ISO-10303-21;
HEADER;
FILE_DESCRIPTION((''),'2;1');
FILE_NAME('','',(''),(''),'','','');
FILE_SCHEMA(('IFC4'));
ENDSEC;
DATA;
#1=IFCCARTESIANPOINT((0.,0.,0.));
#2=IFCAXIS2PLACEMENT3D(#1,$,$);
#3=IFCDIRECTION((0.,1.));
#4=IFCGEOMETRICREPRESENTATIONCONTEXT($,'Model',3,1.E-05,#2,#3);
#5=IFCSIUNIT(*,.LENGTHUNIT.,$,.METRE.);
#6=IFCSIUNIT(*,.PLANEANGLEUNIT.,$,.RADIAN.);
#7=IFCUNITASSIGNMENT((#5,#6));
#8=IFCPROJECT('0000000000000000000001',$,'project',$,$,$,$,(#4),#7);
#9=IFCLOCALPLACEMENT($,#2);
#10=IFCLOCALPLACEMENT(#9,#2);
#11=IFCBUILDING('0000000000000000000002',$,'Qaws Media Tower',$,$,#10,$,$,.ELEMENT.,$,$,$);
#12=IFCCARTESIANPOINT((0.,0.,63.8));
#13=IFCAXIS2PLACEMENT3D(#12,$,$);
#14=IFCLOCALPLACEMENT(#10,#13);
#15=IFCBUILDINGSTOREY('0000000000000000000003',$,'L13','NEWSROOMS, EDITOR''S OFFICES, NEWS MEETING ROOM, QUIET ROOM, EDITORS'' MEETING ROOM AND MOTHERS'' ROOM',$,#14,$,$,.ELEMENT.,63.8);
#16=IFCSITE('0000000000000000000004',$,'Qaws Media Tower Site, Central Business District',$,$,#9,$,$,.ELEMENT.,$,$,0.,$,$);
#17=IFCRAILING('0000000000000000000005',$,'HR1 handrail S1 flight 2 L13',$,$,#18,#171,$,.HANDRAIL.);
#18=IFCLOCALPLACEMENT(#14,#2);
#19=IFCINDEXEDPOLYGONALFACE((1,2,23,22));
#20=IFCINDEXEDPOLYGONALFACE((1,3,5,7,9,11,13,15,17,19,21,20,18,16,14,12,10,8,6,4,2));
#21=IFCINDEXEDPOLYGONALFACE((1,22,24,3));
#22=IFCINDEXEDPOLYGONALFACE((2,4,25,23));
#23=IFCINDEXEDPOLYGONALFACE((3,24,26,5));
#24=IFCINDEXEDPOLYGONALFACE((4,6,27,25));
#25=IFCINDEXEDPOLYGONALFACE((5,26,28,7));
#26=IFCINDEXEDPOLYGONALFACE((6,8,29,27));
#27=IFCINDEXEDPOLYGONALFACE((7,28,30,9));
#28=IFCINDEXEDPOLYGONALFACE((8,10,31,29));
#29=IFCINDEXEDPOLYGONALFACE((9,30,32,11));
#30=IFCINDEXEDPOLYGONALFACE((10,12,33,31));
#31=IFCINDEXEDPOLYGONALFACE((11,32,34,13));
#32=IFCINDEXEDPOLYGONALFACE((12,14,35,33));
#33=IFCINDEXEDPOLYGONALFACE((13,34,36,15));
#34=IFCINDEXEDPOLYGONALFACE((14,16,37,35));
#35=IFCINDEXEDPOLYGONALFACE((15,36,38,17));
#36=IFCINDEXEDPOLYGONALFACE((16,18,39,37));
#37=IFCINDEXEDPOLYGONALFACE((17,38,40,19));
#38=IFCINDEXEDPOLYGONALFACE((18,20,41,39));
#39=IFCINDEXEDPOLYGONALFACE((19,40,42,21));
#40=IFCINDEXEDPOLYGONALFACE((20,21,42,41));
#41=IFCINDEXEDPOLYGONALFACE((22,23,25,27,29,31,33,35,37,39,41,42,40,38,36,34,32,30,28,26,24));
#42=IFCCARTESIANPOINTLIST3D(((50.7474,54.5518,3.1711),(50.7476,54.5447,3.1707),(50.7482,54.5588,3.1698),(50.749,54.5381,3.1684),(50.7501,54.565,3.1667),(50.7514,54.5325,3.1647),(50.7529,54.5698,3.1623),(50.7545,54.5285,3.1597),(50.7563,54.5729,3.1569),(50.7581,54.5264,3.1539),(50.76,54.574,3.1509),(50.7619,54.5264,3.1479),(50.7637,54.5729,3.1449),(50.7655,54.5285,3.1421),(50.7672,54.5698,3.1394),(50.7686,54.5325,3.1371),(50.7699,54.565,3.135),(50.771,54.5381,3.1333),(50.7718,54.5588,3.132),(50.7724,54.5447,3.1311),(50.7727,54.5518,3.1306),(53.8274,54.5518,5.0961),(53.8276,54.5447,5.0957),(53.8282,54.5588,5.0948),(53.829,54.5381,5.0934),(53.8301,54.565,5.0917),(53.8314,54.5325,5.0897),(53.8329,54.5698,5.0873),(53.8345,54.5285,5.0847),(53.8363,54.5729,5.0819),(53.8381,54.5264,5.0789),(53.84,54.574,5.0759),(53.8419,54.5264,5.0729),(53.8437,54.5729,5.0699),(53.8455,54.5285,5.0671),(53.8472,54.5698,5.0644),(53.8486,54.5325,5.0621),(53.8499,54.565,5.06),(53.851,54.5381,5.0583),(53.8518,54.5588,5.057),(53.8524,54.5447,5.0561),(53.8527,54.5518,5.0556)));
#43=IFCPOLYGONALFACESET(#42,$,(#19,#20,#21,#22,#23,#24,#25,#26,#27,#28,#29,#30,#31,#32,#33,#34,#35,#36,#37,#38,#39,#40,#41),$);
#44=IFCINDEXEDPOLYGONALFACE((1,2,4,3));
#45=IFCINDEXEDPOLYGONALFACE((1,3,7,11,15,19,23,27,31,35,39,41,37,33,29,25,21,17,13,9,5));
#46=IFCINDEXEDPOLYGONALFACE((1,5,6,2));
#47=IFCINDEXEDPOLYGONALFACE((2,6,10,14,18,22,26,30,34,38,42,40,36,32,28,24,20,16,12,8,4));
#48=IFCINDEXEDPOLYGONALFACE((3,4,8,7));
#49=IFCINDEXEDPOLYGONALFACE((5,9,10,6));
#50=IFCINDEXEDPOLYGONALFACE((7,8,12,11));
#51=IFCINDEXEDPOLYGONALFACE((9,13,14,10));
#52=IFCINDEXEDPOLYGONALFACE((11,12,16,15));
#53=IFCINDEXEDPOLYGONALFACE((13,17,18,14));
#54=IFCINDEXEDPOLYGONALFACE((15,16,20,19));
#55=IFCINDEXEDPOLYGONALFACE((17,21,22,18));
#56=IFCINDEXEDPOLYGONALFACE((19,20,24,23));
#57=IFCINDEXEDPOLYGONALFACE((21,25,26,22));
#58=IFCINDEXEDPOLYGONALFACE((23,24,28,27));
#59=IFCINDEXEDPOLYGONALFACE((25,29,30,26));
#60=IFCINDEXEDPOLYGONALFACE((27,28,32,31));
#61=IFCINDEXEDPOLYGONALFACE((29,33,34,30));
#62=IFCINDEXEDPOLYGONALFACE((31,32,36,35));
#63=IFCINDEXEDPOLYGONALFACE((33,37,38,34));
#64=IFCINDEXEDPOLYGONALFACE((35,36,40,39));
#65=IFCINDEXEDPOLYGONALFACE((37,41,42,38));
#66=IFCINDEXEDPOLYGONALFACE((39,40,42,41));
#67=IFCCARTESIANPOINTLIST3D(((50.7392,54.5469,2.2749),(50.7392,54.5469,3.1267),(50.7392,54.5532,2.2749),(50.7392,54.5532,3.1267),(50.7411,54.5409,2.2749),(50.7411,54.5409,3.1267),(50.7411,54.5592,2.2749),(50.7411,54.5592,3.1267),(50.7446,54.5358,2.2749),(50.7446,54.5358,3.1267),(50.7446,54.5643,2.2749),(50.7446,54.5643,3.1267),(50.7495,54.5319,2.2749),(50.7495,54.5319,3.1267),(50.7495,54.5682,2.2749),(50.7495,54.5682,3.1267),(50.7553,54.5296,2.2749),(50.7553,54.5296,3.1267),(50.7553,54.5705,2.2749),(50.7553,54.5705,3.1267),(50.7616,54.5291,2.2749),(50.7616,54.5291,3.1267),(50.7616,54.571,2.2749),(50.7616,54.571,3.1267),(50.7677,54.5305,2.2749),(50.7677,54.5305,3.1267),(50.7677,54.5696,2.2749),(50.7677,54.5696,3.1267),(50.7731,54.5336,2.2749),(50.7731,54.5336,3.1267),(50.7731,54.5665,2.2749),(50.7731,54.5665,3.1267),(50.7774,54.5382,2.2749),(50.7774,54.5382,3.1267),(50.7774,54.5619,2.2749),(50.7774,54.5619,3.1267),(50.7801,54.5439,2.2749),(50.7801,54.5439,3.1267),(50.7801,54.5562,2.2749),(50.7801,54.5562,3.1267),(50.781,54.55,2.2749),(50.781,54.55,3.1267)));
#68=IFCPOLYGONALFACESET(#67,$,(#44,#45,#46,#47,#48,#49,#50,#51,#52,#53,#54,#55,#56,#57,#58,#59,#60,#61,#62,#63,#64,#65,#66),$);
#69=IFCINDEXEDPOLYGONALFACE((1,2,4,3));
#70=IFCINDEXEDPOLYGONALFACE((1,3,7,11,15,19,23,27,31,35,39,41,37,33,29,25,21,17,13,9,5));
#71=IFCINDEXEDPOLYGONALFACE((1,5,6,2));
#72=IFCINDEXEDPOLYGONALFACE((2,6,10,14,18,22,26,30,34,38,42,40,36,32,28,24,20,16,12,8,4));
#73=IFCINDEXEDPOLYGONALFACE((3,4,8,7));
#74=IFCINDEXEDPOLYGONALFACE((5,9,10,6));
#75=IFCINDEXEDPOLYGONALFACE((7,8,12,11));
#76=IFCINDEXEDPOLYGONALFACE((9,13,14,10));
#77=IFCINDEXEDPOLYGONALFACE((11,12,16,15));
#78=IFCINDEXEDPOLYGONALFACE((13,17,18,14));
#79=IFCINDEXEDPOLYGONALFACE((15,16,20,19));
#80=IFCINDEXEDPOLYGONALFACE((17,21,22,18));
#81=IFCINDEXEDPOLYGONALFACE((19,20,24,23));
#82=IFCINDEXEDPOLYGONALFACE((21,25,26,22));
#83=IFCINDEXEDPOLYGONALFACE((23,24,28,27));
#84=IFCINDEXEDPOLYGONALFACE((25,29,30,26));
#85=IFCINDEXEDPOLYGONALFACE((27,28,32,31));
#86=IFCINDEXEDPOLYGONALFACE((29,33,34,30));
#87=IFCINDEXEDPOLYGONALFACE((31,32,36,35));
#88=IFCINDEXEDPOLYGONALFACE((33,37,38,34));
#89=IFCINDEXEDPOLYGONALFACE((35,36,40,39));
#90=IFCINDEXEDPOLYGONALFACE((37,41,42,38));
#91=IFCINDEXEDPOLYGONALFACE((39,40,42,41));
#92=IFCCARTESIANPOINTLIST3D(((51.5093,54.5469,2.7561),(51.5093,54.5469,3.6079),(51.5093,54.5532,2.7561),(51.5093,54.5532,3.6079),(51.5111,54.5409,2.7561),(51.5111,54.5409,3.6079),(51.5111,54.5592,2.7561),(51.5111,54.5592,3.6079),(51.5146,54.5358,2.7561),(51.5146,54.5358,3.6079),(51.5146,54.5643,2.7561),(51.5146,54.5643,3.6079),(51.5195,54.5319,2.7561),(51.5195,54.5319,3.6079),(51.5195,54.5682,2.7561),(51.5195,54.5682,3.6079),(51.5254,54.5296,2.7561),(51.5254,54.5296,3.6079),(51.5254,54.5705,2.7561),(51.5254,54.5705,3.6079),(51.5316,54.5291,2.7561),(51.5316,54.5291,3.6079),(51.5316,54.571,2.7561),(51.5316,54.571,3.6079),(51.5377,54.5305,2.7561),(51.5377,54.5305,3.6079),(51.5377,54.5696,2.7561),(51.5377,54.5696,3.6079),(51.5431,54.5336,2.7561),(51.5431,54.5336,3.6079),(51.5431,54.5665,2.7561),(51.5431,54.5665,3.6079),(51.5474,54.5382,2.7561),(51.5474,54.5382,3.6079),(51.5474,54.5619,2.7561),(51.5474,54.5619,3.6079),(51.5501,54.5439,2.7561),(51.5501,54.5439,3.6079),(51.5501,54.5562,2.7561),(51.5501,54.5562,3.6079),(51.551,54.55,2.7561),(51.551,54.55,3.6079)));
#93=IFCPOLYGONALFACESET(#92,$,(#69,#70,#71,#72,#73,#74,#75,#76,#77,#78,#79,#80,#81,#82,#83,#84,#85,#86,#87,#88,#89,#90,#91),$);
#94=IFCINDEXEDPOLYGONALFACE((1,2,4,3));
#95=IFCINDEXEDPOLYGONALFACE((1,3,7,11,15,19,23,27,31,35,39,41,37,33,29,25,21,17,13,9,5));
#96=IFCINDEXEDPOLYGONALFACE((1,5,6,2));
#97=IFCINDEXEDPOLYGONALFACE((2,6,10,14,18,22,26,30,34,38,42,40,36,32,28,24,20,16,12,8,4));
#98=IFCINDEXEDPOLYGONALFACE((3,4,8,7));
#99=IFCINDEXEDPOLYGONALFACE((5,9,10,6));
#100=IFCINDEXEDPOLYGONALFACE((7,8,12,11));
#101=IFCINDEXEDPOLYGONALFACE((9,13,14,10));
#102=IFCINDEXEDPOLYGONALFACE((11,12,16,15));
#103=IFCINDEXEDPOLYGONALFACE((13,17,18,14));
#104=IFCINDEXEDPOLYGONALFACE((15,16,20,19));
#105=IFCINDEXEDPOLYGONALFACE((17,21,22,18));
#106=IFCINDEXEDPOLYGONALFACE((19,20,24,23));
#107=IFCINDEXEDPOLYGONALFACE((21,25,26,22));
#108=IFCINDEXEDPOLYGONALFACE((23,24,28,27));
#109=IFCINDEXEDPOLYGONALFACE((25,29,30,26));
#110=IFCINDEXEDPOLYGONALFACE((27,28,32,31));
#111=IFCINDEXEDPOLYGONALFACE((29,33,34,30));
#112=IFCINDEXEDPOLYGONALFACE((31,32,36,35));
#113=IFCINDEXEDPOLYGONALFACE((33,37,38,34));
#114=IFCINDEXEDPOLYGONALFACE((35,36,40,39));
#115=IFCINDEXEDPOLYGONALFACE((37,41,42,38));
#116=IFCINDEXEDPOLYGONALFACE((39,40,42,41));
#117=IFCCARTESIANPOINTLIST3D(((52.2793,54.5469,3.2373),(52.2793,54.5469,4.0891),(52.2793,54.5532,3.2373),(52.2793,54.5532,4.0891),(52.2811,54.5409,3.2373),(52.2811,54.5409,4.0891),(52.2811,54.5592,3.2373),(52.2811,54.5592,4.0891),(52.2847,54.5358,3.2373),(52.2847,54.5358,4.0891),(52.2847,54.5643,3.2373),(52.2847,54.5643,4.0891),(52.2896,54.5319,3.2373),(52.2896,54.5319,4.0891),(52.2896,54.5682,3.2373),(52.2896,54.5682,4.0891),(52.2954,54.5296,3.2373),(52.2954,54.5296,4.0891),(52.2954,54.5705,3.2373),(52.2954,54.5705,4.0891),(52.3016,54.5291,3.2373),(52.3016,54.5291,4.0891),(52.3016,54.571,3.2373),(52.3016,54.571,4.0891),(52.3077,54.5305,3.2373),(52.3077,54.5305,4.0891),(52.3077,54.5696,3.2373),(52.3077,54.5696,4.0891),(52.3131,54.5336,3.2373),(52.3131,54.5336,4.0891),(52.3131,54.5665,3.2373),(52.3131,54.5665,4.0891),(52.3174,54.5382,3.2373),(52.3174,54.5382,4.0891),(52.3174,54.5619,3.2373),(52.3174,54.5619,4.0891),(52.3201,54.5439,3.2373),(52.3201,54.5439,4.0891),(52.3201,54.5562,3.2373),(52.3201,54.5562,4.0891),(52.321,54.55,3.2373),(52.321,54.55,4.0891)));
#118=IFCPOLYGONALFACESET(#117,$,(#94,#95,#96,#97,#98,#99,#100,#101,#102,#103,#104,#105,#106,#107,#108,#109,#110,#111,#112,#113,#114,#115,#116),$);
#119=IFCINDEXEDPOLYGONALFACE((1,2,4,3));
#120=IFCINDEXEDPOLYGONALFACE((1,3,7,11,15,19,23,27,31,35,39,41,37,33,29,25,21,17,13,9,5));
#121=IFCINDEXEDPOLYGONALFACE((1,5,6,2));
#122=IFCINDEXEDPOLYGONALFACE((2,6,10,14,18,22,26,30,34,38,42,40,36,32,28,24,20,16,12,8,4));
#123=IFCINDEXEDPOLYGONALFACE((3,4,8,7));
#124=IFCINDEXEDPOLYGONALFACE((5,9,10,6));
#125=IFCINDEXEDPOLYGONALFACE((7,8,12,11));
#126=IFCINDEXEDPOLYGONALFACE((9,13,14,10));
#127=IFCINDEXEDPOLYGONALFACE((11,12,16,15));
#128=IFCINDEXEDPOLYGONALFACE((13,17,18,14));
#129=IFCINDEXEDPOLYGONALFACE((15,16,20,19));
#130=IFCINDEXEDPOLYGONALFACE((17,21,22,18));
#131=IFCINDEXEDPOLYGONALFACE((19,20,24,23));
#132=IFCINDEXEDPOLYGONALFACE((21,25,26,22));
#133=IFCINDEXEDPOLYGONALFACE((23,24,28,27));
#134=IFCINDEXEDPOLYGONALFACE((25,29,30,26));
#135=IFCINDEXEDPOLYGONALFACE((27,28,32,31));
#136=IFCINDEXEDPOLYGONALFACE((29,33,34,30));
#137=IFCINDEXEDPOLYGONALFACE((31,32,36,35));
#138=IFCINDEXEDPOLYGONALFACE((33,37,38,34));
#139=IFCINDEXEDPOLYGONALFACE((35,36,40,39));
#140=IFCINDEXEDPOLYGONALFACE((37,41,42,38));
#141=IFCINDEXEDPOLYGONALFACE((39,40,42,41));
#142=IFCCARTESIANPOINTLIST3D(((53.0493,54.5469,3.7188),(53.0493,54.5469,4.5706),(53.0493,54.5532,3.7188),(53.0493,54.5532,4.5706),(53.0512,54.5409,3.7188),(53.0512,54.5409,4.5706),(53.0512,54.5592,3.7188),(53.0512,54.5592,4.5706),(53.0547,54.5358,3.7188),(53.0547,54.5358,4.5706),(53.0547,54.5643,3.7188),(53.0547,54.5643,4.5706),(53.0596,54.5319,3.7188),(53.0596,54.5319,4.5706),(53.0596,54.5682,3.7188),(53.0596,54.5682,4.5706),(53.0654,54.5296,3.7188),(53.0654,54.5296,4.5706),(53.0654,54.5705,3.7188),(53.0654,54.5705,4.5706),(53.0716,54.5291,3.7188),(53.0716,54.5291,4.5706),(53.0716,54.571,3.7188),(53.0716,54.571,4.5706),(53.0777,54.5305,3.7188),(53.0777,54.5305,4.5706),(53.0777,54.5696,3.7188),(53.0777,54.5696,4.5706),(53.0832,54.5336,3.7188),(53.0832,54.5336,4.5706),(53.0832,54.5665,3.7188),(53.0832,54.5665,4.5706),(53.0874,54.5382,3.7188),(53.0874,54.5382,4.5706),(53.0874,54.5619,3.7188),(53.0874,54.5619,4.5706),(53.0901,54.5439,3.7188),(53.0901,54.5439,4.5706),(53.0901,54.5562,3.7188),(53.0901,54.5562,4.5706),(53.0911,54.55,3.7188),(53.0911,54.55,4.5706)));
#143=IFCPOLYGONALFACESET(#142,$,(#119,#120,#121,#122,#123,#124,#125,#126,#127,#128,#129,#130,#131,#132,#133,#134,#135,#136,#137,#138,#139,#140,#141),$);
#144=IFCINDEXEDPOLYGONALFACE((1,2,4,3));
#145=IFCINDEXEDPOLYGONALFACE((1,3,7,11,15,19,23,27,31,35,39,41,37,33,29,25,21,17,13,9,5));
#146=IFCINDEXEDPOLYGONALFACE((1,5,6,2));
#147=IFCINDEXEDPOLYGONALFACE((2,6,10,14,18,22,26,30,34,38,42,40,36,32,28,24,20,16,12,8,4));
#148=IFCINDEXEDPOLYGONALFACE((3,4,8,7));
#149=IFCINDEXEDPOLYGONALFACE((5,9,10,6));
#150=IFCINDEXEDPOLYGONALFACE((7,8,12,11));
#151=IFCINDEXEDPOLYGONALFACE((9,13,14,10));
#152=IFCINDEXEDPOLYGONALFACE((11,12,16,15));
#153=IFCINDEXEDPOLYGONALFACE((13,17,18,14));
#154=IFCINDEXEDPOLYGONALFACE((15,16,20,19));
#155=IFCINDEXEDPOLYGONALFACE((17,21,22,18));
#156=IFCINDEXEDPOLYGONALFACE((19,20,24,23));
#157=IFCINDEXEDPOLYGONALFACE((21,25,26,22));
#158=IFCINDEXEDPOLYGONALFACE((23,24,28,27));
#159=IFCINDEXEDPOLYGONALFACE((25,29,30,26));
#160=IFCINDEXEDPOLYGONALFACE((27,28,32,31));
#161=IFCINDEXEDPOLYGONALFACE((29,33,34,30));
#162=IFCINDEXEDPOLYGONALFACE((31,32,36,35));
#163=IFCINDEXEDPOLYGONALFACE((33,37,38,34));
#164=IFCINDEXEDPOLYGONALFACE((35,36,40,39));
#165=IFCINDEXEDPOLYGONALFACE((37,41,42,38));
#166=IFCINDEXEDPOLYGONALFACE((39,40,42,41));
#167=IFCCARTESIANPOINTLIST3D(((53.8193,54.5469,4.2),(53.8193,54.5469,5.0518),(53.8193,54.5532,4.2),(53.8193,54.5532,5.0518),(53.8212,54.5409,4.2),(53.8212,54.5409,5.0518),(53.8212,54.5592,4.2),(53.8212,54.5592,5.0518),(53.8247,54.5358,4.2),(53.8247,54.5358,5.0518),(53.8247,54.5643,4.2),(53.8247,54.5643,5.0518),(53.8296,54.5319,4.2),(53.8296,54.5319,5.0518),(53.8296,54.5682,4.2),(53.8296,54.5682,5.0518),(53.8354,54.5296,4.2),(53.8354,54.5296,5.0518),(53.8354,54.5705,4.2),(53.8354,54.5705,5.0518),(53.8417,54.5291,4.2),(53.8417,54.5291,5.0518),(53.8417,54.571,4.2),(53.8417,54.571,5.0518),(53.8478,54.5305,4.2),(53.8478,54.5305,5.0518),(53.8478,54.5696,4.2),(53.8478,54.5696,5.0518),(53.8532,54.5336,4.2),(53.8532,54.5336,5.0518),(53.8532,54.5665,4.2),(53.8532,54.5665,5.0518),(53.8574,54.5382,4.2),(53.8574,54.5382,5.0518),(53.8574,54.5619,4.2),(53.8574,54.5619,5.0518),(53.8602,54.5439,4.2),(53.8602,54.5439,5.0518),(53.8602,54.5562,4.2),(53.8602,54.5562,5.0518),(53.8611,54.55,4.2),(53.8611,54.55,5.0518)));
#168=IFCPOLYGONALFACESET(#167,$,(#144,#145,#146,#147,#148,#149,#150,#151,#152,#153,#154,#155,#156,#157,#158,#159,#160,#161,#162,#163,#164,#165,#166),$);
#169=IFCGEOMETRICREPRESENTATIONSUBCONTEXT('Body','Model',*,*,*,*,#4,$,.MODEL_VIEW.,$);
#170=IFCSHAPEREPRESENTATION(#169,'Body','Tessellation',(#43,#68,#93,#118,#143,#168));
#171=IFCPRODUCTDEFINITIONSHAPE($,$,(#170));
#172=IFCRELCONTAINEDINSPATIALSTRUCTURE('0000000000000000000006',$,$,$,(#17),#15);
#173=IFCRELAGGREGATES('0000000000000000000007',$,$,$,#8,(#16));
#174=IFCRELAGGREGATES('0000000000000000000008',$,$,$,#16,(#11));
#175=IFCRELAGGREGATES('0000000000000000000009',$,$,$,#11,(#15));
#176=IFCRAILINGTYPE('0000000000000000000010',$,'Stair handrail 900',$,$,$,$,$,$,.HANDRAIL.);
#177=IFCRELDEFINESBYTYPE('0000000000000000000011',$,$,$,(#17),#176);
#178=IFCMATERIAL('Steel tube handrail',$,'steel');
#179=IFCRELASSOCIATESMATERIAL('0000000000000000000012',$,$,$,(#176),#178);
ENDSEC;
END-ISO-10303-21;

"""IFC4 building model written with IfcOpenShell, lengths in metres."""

from ifc_helpers import new_model, si_unit, direction, frame, origin, origin_2d, place, context, subcontext, project, spatial, circle, extrude, material, type_object, element, save


model = new_model("IFC4")

# Units and contexts
model_context = context("Model", 3, precision=1e-05, world=origin(), true_north=direction((0.0, 1.0)))
body_context = subcontext(model_context, "Body", "Model", "MODEL_VIEW")
ifc_project = project(units=[si_unit("LENGTHUNIT", "METRE"), si_unit("PLANEANGLEUNIT", "RADIAN")], contexts=[model_context])

# Site, building, storey
site_placement = place(None, origin())
site = spatial("IfcSite", under=ifc_project, at=site_placement, Name="Qaws Media Tower Site, Central Business District", CompositionType="ELEMENT", RefElevation=0.0)
building_placement = place(site_placement, origin())
building = spatial("IfcBuilding", under=site, at=building_placement, Name="Qaws Media Tower", CompositionType="ELEMENT")
storey_placement = place(building_placement, frame((0.0, 0.0, 63.8)))
storey = spatial("IfcBuildingStorey", under=building, at=storey_placement, Name="L13", Description="NEWSROOMS, EDITOR'S OFFICES, NEWS MEETING ROOM, QUIET ROOM, EDITORS' MEETING ROOM AND MOTHERS' ROOM", CompositionType="ELEMENT", Elevation=63.8)

# Railing
ifc_material_1 = material(Name="Steel tube handrail", Category="steel")
railing_type = type_object("IfcRailingType", Name="Stair handrail 900", PredefinedType="HANDRAIL", material=ifc_material_1)
for number, where, name in (
    (1, (50.76, 54.55, 2.2749), "HR1 handrail S1 flight 2 L13"),
):
    element("IfcRailing", number, at=place(storey_placement, frame(where)), inside=storey, type_object=railing_type, Name=name, PredefinedType="HANDRAIL", context=body_context, shape_type="SweptSolid", body=[
        extrude(circle(Radius=0.0239, at=origin_2d()), frame((0.0, 0.0, 0.876), z_axis=(0.847998, 0.0, 0.529999), x_axis=(0.0, 1.0, 0.0)), (0.0, 0.0, 1.0), 3.6321),
        extrude(circle(Radius=0.021, at=origin_2d()), origin(), (0.0, 0.0, 1.0), 0.8518),
        extrude(circle(Radius=0.021, at=origin_2d()), frame((0.77, 0.0, 0.4812)), (0.0, 0.0, 1.0), 0.8518),
        extrude(circle(Radius=0.021, at=origin_2d()), frame((1.54, 0.0, 0.9624)), (0.0, 0.0, 1.0), 0.8518),
        extrude(circle(Radius=0.021, at=origin_2d()), frame((2.3101, 0.0, 1.4438)), (0.0, 0.0, 1.0), 0.8518),
        extrude(circle(Radius=0.021, at=origin_2d()), frame((3.0801, 0.0, 1.925)), (0.0, 0.0, 1.0), 0.8518),
    ])

save(model, "model.ifc")
